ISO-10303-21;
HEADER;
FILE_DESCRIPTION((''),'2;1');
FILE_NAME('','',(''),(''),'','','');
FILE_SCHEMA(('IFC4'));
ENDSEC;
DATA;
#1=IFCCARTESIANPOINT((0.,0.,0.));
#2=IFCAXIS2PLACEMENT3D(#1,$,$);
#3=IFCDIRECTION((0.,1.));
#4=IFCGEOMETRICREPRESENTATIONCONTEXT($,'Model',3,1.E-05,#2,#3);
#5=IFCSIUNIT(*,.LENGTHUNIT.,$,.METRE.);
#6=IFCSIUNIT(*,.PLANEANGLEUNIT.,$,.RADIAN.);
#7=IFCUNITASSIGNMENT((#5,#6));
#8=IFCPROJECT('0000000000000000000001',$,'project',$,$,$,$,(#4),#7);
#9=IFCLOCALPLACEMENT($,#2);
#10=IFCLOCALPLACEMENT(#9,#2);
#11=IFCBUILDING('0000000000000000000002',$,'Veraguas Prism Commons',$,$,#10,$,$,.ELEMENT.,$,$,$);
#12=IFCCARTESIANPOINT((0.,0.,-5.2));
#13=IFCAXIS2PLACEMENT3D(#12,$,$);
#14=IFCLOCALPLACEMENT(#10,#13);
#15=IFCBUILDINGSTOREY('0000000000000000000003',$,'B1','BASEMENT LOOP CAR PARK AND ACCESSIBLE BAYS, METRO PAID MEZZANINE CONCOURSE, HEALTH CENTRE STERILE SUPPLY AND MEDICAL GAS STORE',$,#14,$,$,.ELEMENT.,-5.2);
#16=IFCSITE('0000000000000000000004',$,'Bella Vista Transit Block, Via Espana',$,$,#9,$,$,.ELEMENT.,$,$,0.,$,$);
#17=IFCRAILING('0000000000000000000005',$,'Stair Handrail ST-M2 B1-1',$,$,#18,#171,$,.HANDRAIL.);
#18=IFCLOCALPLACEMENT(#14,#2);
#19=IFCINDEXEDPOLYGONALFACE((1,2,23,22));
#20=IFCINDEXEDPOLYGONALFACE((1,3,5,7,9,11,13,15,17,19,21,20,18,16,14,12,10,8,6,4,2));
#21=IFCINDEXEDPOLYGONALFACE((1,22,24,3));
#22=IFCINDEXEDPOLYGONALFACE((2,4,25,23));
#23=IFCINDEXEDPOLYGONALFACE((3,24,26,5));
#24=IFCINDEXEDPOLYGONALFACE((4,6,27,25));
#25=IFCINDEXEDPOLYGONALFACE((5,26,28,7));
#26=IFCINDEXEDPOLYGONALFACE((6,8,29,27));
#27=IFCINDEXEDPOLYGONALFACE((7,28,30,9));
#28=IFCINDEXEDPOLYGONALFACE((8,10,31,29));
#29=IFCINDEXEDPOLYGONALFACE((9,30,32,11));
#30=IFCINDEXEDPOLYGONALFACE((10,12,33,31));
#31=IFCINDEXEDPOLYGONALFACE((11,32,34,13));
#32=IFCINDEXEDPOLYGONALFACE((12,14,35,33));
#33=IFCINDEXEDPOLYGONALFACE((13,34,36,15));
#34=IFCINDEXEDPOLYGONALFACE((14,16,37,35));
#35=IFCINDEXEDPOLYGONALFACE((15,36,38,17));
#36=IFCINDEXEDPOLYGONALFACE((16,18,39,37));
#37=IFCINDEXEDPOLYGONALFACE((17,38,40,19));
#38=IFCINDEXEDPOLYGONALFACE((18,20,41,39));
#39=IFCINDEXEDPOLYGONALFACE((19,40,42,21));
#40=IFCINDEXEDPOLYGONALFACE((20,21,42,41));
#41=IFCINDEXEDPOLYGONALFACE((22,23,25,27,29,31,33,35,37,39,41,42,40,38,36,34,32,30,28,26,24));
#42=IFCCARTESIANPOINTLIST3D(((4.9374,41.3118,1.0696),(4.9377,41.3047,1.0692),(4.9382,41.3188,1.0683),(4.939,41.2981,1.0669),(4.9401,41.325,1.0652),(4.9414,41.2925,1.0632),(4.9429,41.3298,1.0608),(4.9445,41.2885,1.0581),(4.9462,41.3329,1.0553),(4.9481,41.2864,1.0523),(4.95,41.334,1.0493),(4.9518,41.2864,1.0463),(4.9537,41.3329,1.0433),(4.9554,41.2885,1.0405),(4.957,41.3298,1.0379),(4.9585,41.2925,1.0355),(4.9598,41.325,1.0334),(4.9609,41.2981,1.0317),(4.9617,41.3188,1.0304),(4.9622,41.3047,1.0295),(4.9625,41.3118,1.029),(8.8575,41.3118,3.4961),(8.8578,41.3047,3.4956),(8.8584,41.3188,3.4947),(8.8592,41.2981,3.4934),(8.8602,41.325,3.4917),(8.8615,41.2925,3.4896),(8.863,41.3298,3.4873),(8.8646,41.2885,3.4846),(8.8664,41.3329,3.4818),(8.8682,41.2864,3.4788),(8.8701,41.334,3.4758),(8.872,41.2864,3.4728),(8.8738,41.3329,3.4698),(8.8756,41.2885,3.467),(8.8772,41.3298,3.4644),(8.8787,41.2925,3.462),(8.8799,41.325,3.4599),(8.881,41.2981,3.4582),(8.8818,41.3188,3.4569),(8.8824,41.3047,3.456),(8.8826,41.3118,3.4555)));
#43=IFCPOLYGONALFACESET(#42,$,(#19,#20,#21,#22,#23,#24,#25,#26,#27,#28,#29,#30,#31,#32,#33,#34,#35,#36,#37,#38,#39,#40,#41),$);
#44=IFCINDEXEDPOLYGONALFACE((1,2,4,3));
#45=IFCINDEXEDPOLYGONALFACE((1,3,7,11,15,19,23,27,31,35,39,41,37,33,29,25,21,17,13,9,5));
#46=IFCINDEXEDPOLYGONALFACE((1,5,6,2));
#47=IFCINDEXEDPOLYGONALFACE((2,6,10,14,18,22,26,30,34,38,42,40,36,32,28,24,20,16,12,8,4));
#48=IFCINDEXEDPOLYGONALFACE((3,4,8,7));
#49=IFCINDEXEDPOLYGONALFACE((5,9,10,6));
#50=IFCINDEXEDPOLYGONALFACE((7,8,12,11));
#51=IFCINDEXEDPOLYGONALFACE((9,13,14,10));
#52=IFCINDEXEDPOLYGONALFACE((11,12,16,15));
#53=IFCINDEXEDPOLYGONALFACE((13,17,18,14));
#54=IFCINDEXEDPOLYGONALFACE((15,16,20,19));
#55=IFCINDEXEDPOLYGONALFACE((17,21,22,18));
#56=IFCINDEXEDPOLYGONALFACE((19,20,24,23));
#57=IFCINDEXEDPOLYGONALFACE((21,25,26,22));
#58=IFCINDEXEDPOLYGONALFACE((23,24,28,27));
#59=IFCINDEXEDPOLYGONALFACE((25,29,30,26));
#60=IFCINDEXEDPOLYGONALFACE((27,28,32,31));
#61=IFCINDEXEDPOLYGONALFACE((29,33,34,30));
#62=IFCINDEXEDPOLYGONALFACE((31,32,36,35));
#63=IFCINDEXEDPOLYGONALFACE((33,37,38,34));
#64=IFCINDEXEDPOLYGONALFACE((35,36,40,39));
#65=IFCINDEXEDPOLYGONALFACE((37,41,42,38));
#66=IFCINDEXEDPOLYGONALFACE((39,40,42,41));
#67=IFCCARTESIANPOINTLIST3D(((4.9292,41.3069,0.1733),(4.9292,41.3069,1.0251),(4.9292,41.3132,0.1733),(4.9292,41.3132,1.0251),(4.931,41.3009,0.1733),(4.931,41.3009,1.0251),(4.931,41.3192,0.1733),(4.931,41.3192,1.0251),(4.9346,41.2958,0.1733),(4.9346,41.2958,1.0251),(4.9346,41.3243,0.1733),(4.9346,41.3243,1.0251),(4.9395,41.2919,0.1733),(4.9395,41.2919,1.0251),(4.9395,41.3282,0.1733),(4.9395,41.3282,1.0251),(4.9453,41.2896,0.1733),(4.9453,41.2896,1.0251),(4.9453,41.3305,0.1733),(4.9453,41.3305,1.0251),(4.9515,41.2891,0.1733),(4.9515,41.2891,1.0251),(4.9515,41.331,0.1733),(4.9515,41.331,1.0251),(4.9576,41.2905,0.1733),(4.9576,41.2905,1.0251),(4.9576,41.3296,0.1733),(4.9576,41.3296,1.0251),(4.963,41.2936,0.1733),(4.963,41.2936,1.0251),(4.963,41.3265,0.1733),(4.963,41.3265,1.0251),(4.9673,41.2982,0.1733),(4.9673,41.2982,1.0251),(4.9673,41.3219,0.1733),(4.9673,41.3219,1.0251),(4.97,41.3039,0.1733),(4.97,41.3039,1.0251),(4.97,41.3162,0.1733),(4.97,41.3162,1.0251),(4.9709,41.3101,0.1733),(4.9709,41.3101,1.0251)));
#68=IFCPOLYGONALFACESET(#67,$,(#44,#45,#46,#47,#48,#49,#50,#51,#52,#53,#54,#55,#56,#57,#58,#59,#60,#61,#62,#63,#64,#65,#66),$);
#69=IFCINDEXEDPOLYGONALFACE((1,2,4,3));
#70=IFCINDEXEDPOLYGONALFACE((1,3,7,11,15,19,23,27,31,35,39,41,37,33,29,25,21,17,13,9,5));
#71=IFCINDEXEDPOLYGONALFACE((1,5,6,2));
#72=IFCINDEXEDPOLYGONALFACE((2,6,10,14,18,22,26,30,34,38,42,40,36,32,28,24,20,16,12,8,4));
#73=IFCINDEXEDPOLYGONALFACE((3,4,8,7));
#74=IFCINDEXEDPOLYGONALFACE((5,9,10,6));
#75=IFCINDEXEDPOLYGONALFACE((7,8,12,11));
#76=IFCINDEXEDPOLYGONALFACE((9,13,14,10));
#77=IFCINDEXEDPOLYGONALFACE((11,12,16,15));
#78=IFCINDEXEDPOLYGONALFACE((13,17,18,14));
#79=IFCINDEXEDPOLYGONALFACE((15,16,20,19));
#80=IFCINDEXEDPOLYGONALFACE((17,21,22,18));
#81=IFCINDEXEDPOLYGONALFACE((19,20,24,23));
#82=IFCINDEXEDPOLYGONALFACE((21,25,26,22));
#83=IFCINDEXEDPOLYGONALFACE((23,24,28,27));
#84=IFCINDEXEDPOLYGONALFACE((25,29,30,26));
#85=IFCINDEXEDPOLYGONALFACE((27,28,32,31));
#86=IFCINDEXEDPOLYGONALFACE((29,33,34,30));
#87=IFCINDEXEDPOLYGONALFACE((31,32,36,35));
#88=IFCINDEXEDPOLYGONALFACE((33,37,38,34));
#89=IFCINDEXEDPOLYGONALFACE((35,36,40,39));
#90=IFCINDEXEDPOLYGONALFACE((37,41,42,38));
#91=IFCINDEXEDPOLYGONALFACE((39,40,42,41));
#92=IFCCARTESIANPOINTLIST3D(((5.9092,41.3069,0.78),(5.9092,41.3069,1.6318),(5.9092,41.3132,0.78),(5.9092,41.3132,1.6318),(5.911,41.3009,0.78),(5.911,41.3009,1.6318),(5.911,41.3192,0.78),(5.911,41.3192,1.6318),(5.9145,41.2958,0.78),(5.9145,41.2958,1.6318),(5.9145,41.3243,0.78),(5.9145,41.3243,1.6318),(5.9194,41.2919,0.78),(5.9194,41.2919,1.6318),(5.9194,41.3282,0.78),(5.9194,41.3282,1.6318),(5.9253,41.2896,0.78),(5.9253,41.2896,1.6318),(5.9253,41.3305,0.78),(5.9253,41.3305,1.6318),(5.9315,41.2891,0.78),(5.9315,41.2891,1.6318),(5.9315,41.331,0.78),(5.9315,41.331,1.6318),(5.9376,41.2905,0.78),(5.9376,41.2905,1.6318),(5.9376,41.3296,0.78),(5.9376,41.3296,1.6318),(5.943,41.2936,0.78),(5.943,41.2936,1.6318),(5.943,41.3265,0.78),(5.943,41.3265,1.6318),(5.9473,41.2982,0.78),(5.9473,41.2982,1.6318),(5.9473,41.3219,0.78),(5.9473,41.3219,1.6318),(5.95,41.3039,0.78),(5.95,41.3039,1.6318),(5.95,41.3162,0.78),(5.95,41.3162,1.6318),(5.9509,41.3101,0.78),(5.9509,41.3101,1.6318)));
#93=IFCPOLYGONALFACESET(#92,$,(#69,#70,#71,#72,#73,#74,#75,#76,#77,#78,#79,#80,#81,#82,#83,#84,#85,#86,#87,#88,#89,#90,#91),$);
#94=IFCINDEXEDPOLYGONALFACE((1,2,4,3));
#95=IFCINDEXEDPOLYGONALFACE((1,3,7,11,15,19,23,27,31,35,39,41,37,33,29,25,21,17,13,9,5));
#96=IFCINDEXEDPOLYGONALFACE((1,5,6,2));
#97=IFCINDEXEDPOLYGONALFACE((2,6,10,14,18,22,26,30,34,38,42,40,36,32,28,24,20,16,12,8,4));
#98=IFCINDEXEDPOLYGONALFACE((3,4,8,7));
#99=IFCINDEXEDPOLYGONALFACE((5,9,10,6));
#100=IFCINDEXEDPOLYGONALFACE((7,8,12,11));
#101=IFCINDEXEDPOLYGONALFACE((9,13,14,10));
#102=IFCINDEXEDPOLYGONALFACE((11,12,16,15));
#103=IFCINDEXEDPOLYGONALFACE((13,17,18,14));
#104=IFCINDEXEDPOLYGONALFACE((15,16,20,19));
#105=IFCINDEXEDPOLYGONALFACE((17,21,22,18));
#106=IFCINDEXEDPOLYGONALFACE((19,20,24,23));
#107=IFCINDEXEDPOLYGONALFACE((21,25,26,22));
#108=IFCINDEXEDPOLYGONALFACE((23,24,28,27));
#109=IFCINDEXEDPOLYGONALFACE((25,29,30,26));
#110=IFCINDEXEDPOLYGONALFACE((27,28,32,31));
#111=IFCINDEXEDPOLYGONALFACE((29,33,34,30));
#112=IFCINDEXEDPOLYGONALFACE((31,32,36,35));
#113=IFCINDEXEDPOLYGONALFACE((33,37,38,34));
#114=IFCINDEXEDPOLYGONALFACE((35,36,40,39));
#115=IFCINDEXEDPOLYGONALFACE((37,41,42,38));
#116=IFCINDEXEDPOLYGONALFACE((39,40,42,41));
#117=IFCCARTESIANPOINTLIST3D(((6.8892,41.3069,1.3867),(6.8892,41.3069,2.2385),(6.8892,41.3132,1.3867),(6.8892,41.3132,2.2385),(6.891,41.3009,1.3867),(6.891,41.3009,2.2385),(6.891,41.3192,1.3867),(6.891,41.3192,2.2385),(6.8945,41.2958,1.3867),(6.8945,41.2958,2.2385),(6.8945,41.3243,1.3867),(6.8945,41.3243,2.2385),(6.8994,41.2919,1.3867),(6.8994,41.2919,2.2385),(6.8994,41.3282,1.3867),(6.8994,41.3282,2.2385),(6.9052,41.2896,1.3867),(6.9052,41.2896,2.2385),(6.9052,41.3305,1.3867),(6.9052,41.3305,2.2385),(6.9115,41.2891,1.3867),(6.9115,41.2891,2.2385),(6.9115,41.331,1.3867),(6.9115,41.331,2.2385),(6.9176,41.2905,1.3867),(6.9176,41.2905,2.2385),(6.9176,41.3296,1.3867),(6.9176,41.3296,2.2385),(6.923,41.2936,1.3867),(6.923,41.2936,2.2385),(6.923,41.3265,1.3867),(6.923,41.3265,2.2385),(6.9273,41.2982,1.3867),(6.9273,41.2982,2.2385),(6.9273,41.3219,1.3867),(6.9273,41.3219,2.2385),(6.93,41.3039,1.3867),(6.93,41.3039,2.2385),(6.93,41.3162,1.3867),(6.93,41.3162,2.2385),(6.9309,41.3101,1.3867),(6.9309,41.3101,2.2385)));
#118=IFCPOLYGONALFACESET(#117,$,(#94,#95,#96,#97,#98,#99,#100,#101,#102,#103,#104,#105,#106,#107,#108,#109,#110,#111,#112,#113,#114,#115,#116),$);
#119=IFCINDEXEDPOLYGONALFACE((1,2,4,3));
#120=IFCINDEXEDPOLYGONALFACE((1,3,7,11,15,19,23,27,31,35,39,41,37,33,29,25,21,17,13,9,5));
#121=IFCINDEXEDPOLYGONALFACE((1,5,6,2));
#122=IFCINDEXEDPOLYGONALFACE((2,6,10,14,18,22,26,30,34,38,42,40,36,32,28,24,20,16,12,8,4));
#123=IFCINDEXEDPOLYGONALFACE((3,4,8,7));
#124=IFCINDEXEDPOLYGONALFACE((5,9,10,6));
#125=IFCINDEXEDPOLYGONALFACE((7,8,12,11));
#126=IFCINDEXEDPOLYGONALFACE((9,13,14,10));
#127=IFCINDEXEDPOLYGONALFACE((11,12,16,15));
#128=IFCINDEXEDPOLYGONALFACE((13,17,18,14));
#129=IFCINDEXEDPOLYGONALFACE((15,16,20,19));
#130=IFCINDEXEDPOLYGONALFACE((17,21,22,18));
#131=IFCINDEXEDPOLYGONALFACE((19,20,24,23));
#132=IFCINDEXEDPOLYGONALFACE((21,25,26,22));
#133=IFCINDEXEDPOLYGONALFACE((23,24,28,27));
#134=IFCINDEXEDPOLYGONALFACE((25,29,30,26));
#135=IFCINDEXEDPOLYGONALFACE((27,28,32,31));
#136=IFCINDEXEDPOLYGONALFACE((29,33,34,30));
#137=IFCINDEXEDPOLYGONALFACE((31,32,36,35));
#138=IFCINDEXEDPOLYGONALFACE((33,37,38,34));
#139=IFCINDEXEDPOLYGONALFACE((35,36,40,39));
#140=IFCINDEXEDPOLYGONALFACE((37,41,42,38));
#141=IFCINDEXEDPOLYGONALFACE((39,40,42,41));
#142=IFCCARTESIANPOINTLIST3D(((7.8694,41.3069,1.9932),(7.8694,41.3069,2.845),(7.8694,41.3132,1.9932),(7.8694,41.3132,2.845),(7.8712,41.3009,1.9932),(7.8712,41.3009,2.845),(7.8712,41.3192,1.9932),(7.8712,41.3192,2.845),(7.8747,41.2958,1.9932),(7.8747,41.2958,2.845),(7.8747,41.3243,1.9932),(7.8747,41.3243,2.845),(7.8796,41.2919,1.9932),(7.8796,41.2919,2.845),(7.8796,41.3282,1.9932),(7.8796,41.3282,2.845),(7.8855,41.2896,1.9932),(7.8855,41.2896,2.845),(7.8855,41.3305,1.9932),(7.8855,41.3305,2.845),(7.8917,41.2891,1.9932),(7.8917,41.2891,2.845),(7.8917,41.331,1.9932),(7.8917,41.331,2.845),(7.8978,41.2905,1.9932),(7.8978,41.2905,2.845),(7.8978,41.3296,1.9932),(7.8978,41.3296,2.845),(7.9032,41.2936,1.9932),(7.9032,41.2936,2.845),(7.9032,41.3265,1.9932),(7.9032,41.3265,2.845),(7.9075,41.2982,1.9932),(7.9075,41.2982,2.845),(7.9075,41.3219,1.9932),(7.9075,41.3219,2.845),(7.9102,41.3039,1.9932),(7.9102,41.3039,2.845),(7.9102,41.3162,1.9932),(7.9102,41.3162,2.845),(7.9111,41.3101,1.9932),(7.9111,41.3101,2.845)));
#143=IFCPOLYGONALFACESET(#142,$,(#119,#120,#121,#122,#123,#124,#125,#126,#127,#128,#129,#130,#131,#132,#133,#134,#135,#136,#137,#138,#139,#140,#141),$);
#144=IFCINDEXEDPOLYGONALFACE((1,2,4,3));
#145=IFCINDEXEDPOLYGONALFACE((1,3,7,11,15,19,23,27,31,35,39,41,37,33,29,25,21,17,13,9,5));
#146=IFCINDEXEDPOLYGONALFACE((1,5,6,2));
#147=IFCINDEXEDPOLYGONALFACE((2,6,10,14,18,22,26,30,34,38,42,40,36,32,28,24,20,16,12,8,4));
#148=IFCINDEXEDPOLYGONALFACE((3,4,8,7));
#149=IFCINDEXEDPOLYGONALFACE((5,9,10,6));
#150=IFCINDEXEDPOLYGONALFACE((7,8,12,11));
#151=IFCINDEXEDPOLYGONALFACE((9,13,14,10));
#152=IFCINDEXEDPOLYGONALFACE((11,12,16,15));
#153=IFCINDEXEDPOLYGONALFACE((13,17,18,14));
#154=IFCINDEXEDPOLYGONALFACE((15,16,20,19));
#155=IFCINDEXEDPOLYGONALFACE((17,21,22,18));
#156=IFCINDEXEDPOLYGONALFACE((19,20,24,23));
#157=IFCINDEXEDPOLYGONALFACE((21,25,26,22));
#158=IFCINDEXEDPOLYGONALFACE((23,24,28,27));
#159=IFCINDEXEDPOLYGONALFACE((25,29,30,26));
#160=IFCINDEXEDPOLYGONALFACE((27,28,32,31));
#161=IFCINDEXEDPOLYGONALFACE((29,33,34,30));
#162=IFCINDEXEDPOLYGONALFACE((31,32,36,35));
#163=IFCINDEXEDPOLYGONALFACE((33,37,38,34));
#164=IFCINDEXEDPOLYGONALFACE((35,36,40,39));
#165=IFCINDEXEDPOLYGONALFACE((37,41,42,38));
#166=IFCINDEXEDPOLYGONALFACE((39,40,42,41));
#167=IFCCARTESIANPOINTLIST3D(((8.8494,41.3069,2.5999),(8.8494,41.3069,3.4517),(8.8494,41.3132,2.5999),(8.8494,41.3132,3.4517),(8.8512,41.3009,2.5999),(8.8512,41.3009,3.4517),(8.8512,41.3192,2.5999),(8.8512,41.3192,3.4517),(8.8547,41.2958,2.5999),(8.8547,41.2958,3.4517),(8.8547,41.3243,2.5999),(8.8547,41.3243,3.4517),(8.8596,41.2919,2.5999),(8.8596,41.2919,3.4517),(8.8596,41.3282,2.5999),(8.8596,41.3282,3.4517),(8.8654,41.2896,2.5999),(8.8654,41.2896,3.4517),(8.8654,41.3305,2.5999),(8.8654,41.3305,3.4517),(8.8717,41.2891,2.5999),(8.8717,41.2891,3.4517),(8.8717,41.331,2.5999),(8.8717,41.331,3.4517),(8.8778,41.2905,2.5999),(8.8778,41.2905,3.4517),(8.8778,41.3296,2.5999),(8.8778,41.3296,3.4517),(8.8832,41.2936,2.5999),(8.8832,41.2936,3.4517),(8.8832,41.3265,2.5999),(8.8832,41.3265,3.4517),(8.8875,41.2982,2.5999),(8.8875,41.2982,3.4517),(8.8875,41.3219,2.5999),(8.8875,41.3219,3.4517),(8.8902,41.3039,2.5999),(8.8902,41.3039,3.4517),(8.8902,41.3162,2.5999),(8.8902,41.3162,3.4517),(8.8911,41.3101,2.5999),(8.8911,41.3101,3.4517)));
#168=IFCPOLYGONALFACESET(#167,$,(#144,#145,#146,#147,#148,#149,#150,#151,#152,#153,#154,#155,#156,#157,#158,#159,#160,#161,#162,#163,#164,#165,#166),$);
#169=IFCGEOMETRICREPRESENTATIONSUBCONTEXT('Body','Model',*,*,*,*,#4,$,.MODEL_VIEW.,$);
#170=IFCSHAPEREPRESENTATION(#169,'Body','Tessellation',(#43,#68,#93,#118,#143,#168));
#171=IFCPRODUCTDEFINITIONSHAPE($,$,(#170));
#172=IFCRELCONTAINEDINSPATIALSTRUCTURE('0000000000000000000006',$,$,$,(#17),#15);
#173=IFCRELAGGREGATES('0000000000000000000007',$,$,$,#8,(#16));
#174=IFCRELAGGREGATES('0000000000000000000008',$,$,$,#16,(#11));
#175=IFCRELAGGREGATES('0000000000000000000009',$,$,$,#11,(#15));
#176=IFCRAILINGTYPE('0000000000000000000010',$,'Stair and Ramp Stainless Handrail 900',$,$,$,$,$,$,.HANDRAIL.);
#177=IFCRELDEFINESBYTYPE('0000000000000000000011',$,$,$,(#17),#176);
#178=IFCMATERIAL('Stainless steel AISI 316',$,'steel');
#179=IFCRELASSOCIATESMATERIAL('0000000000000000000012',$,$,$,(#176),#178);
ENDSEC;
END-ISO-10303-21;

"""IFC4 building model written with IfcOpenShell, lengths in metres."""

from ifc_helpers import new_model, si_unit, direction, frame, origin, origin_2d, place, context, subcontext, project, spatial, circle, extrude, material, type_object, element, save


model = new_model("IFC4")

# Units and contexts
model_context = context("Model", 3, precision=1e-05, world=origin(), true_north=direction((0.0, 1.0)))
body_context = subcontext(model_context, "Body", "Model", "MODEL_VIEW")
ifc_project = project(units=[si_unit("LENGTHUNIT", "METRE"), si_unit("PLANEANGLEUNIT", "RADIAN")], contexts=[model_context])

# Site, building, storey
site_placement = place(None, origin())
site = spatial("IfcSite", under=ifc_project, at=site_placement, Name="Bella Vista Transit Block, Via Espana", CompositionType="ELEMENT", RefElevation=0.0)
building_placement = place(site_placement, origin())
building = spatial("IfcBuilding", under=site, at=building_placement, Name="Veraguas Prism Commons", CompositionType="ELEMENT")
storey_placement = place(building_placement, frame((0.0, 0.0, -5.2)))
storey = spatial("IfcBuildingStorey", under=building, at=storey_placement, Name="B1", Description="BASEMENT LOOP CAR PARK AND ACCESSIBLE BAYS, METRO PAID MEZZANINE CONCOURSE, HEALTH CENTRE STERILE SUPPLY AND MEDICAL GAS STORE", CompositionType="ELEMENT", Elevation=-5.2)

# Railing
ifc_material_1 = material(Name="Stainless steel AISI 316", Category="steel")
railing_type_1 = type_object("IfcRailingType", Name="Stair and Ramp Stainless Handrail 900", PredefinedType="HANDRAIL", material=ifc_material_1)
railing_1_placement = place(storey_placement, frame((4.95, 41.3101, 0.1733)))
element("IfcRailing", 1, at=railing_1_placement, inside=storey, type_object=railing_type_1, Name="Stair Handrail ST-M2 B1-1", PredefinedType="HANDRAIL", context=body_context, shape_type="SweptSolid", body=[
    extrude(circle(Radius=0.0239, at=origin_2d()), frame((0.0, 0.0, 0.876), z_axis=(0.85029, 0.0, 0.526315), x_axis=(0.0, 1.0, 0.0)), (0.0, 0.0, 1.0), 4.6104),
    extrude(circle(Radius=0.021, at=origin_2d()), origin(), (0.0, 0.0, 1.0), 0.8518),
    extrude(circle(Radius=0.021, at=origin_2d()), frame((0.98, 0.0, 0.6067)), (0.0, 0.0, 1.0), 0.8518),
    extrude(circle(Radius=0.021, at=origin_2d()), frame((1.96, 0.0, 1.2134)), (0.0, 0.0, 1.0), 0.8518),
    extrude(circle(Radius=0.021, at=origin_2d()), frame((2.9402, 0.0, 1.8198)), (0.0, 0.0, 1.0), 0.8518),
    extrude(circle(Radius=0.021, at=origin_2d()), frame((3.9202, 0.0, 2.4265)), (0.0, 0.0, 1.0), 0.8518),
])

save(model, "model.ifc")
